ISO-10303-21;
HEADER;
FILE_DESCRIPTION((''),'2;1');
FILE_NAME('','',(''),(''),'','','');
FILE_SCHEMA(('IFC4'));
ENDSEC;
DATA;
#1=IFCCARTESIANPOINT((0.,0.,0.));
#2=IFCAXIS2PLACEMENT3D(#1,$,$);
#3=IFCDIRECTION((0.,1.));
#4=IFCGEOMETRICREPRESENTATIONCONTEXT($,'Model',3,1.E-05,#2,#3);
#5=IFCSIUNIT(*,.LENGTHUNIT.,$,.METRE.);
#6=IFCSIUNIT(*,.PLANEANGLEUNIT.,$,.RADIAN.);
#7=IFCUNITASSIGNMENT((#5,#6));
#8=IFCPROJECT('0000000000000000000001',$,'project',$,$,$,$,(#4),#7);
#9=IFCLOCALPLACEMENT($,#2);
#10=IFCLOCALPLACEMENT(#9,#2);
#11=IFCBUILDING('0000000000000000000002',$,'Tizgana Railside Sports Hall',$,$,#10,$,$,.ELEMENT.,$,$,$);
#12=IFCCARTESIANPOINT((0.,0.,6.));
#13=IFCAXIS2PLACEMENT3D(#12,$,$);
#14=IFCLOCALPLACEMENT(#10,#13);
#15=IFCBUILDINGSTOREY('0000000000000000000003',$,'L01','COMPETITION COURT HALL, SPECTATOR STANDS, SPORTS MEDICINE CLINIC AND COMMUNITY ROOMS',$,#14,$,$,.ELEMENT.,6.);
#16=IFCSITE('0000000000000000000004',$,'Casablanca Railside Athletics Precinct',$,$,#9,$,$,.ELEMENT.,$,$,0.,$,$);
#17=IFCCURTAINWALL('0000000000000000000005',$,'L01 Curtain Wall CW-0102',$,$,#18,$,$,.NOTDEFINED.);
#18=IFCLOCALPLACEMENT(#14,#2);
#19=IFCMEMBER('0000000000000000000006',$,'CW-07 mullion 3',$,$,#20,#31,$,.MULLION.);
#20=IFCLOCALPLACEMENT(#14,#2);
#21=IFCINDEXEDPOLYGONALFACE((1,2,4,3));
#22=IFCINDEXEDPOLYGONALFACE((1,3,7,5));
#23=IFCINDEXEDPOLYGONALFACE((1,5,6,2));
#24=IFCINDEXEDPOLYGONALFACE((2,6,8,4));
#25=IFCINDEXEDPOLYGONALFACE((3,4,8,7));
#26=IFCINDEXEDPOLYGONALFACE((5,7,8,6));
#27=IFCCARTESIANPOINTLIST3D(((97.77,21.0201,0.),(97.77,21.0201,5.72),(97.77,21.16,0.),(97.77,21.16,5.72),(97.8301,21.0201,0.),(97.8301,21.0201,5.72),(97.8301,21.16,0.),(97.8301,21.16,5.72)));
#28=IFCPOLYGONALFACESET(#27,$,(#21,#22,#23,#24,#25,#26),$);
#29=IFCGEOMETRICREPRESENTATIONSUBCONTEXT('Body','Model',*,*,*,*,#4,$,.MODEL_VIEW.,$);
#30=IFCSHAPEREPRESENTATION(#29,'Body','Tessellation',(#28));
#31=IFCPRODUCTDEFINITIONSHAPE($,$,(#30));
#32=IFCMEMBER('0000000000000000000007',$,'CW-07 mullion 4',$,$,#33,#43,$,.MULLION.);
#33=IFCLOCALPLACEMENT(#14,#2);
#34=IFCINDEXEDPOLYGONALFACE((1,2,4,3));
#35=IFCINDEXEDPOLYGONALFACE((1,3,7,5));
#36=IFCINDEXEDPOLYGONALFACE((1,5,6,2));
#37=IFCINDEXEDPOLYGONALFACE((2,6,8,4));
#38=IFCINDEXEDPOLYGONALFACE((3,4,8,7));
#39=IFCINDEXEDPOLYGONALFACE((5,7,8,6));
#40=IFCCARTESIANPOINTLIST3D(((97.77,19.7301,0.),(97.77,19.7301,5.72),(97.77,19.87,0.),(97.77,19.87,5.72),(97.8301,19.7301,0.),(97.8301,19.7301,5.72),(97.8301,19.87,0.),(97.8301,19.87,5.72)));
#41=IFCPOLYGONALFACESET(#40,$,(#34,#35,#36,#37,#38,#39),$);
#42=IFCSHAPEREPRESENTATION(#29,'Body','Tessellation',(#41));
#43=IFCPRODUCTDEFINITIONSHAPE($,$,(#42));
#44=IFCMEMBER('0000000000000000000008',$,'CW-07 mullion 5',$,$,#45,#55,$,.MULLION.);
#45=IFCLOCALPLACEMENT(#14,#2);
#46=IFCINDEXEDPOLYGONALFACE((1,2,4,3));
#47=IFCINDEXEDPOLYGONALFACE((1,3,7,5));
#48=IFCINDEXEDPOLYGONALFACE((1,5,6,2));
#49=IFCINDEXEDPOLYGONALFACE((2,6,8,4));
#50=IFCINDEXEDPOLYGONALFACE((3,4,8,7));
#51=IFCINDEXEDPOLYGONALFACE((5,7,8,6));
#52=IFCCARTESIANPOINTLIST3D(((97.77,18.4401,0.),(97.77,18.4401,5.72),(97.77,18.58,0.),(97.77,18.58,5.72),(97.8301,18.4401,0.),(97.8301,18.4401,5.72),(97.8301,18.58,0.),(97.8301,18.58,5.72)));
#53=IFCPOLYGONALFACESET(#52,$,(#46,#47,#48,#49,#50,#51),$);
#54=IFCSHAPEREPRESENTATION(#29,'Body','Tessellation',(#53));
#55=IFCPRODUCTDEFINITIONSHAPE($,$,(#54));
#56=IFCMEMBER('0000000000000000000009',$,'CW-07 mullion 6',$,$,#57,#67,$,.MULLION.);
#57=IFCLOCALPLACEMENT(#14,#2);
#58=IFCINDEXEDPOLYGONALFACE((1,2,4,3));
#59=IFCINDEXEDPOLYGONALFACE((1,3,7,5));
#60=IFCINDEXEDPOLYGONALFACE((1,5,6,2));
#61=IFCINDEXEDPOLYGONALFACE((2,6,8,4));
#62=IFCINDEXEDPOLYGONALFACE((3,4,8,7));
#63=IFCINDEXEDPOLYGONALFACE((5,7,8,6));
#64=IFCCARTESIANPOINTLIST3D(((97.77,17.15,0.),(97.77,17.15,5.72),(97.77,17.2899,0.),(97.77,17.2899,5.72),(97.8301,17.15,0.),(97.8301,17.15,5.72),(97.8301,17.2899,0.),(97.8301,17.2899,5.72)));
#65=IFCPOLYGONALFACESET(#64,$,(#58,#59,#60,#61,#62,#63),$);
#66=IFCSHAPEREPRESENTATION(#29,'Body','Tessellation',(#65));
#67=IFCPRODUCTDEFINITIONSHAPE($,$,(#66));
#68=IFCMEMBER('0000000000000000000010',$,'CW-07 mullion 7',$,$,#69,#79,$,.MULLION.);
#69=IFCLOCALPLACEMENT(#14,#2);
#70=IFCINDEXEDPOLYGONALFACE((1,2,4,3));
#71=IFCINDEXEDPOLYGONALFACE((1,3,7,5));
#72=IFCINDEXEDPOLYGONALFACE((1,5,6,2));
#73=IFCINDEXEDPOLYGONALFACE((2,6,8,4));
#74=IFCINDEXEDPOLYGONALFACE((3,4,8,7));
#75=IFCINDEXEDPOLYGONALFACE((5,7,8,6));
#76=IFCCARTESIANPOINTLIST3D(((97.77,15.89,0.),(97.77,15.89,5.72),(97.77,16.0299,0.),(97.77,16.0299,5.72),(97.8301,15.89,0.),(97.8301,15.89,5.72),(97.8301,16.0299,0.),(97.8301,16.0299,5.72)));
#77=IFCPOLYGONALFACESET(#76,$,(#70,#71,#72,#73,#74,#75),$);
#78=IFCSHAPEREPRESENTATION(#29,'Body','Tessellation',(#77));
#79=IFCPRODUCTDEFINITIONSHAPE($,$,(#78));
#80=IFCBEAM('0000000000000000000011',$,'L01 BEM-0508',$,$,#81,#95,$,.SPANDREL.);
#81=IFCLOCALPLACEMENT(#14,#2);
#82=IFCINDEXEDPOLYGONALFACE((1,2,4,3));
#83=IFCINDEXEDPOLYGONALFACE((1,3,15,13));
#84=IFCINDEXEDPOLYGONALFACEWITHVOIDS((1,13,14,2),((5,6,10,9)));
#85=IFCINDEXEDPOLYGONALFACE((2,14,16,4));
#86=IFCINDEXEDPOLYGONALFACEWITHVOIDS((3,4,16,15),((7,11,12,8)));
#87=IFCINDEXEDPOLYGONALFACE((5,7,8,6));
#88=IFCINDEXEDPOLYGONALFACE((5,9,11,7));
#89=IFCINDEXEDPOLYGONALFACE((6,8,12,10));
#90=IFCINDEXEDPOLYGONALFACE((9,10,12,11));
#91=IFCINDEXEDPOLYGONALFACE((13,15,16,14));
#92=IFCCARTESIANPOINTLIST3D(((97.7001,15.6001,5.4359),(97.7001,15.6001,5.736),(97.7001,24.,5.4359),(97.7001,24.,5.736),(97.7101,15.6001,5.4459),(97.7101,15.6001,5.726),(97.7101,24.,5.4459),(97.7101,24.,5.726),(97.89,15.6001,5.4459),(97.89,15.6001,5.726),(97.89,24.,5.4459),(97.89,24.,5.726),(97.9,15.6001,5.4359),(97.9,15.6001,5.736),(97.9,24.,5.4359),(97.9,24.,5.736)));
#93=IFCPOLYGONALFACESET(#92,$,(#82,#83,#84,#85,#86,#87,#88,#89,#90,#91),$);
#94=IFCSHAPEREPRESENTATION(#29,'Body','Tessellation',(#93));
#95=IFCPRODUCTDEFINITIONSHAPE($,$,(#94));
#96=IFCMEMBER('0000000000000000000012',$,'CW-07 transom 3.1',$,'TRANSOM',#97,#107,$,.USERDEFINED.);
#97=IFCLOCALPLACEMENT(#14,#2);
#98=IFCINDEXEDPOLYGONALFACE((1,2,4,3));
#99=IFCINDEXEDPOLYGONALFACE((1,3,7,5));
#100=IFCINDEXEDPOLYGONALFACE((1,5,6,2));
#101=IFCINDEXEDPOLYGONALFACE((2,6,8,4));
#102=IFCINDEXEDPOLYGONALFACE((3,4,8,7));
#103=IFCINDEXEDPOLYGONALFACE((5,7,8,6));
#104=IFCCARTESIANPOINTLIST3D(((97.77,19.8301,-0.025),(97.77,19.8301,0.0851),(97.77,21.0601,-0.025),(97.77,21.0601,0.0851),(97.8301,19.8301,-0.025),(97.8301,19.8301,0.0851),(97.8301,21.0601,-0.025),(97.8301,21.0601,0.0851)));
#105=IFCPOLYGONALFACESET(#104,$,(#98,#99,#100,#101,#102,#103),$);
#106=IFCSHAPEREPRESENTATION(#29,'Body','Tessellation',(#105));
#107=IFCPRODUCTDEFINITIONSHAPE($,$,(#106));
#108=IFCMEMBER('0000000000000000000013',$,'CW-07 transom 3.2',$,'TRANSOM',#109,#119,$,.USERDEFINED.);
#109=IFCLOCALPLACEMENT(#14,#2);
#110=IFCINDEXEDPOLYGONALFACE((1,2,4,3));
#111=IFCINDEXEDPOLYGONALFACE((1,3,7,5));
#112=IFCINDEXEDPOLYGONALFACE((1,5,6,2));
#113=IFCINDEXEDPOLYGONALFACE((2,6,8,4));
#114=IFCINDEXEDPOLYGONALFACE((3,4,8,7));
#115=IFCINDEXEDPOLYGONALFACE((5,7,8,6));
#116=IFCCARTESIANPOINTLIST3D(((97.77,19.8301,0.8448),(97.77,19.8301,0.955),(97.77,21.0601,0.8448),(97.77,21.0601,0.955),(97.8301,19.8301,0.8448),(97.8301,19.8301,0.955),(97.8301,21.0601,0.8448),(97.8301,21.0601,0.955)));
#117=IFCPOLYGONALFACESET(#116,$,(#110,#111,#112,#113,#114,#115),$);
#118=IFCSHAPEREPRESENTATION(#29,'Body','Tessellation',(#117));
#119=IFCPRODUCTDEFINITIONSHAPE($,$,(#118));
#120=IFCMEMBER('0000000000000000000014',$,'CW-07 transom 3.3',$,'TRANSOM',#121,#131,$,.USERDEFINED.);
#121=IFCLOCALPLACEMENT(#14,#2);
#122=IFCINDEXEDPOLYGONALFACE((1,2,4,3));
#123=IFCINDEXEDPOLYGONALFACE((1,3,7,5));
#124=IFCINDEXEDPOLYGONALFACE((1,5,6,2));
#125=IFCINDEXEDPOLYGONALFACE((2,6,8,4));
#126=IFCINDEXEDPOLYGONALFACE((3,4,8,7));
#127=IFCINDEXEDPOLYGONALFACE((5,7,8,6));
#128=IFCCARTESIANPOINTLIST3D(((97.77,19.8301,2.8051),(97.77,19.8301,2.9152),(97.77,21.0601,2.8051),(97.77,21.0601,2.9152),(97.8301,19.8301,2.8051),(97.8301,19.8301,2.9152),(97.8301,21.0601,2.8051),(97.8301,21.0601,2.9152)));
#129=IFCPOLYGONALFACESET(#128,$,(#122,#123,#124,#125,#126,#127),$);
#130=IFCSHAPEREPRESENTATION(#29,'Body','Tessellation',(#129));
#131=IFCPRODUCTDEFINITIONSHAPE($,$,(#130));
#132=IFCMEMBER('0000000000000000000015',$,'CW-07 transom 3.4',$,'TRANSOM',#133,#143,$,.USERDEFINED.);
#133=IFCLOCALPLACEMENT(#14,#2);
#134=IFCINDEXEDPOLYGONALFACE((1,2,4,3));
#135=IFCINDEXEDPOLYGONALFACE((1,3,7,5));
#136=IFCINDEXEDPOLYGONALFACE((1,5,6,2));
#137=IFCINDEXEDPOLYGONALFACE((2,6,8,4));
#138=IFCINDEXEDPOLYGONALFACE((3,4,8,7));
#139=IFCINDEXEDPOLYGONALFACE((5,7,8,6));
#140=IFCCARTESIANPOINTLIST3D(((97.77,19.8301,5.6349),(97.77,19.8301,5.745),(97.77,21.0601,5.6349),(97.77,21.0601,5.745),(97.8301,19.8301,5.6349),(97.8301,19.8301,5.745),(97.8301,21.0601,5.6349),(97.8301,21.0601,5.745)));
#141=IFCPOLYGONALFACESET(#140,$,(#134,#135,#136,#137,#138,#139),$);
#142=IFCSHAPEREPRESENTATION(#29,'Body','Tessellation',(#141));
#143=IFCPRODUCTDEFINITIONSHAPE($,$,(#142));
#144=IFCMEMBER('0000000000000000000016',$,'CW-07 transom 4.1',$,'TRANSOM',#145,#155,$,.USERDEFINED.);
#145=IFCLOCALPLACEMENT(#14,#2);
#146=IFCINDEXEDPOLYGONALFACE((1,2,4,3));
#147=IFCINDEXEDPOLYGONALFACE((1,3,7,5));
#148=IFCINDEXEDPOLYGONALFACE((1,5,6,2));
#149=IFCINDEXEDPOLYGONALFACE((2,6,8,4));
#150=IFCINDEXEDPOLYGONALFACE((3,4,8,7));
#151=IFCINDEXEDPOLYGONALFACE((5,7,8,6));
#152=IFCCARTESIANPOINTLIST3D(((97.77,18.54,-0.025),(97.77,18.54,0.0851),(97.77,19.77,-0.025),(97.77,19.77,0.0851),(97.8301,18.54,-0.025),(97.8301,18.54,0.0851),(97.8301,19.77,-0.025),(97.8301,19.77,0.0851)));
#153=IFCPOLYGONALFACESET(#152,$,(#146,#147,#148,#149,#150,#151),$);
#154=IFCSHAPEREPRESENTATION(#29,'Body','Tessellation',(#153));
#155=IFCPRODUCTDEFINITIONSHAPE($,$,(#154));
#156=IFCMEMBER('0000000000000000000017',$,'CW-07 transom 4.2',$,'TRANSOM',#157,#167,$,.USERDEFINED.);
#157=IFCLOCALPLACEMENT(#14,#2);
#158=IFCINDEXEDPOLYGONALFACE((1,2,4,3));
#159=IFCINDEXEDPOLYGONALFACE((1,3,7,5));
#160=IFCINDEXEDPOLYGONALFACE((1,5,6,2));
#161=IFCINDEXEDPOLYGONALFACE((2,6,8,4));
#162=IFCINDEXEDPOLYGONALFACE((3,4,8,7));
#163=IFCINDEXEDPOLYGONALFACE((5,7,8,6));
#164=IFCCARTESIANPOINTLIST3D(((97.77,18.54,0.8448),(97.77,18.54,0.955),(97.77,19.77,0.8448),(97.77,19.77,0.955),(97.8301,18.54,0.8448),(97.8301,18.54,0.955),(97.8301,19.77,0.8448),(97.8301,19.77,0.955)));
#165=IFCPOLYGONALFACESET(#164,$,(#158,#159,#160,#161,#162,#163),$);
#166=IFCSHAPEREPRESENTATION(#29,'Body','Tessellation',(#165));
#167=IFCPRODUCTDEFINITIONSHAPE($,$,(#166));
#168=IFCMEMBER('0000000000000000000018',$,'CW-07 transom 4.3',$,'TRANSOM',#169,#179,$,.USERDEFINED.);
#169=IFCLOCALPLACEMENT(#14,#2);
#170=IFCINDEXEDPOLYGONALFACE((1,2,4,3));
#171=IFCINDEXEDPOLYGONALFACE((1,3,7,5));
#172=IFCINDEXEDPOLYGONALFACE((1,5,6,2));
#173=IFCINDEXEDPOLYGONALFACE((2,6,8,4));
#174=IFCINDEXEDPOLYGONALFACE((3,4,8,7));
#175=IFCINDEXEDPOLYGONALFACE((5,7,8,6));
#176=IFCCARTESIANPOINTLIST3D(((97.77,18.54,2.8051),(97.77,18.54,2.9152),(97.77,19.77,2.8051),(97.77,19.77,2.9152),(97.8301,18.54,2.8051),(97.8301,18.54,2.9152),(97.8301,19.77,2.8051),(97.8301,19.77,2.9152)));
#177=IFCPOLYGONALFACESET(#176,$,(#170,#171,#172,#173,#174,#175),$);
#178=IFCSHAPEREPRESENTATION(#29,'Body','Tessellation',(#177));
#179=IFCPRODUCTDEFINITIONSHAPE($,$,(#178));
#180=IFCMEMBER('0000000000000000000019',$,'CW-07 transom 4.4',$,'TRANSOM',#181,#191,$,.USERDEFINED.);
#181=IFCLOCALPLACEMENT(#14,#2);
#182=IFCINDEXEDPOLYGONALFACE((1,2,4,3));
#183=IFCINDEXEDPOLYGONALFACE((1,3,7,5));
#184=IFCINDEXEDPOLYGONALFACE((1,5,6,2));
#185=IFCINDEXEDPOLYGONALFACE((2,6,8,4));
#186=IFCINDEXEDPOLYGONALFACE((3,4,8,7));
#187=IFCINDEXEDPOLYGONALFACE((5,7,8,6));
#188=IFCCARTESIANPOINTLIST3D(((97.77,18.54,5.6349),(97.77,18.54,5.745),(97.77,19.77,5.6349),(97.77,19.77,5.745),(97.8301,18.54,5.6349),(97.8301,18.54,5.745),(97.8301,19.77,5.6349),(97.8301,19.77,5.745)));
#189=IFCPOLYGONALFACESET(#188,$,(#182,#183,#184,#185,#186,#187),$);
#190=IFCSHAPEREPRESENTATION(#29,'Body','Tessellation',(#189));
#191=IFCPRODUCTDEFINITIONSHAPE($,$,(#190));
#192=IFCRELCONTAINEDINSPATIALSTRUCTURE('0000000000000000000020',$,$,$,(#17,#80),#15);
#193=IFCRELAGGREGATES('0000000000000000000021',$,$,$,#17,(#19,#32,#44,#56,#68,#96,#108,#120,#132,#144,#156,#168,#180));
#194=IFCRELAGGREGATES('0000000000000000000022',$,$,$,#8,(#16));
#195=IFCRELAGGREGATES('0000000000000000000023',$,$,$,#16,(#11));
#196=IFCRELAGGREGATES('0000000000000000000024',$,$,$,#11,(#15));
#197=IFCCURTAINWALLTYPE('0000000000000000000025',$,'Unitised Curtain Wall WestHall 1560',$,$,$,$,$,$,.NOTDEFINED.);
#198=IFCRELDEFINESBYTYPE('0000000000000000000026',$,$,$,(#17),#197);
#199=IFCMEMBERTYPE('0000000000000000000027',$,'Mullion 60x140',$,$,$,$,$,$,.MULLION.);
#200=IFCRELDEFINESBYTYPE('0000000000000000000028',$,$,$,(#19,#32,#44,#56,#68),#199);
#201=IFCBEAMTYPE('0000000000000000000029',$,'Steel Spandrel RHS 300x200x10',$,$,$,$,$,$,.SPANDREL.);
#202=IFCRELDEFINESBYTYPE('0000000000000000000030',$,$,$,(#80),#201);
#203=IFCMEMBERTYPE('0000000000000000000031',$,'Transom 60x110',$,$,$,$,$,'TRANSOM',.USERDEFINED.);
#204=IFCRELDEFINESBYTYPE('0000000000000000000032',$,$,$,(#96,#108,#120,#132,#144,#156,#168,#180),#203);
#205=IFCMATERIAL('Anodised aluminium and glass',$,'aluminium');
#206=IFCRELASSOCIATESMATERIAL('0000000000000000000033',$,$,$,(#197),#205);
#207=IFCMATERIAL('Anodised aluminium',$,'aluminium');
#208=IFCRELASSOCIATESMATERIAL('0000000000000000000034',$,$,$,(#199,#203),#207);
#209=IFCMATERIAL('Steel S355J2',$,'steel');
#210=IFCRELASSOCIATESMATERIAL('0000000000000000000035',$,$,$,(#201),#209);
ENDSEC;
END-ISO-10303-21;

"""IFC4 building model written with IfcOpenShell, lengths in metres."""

from ifc_helpers import new_model, si_unit, direction, frame, origin, origin_2d, place, context, subcontext, project, spatial, rectangle, hollow_rectangle, extrude, material, material_profile, profile_set, type_object, element, aggregate, save


model = new_model("IFC4")

# Units and contexts
model_context = context("Model", 3, precision=1e-05, world=origin(), true_north=direction((0.0, 1.0)))
body_context = subcontext(model_context, "Body", "Model", "MODEL_VIEW")
ifc_project = project(units=[si_unit("LENGTHUNIT", "METRE"), si_unit("PLANEANGLEUNIT", "RADIAN")], contexts=[model_context])

# Site, building, storey
site_placement = place(None, origin())
site = spatial("IfcSite", under=ifc_project, at=site_placement, Name="Casablanca Railside Athletics Precinct", CompositionType="ELEMENT", RefElevation=0.0)
building_placement = place(site_placement, origin())
building = spatial("IfcBuilding", under=site, at=building_placement, Name="Tizgana Railside Sports Hall", CompositionType="ELEMENT")
storey_placement = place(building_placement, frame((0.0, 0.0, 6.0)))
storey = spatial("IfcBuildingStorey", under=building, at=storey_placement, Name="L01", Description="COMPETITION COURT HALL, SPECTATOR STANDS, SPORTS MEDICINE CLINIC AND COMMUNITY ROOMS", CompositionType="ELEMENT", Elevation=6.0)

# Curtain wall, members
ifc_material_1 = material(Name="Anodised aluminium and glass", Category="aluminium")
curtain_wall_type = type_object("IfcCurtainWallType", Name="Unitised Curtain Wall WestHall 1560", PredefinedType="NOTDEFINED", material=ifc_material_1)
curtain_wall_placement = place(storey_placement, origin())
curtain_wall = element("IfcCurtainWall", 1, at=curtain_wall_placement, inside=storey, type_object=curtain_wall_type, Name="L01 Curtain Wall CW-0102", PredefinedType="NOTDEFINED")
ifc_material_2 = material(Name="Anodised aluminium", Category="aluminium")
ifc_material_profile_1 = material_profile(ifc_material_2, rectangle(XDim=0.0601, YDim=0.1399, at=origin_2d()), Name="Mullion 60x140")
ifc_profile_set_1 = profile_set([ifc_material_profile_1], Name="Anodised aluminium")
member_type_1 = type_object("IfcMemberType", Name="Mullion 60x140", PredefinedType="MULLION", material=ifc_profile_set_1)
member_1_placement = place(storey_placement, frame((97.8, 21.0901, 0.0), z_axis=(0.0, 0.0, 1.0), x_axis=(1.0, 0.0, 0.0)))
member_1 = element("IfcMember", 2, at=member_1_placement, type_object=member_type_1, Name="CW-07 mullion 3", PredefinedType="MULLION", context=body_context, shape_type="SweptSolid", body=[
    extrude(rectangle(XDim=0.0601, YDim=0.1399, at=origin_2d()), origin(), (0.0, 0.0, 1.0), 5.72),
])
member_2_placement = place(storey_placement, frame((97.8, 19.8, 0.0), z_axis=(0.0, 0.0, 1.0), x_axis=(1.0, 0.0, 0.0)))
member_2 = element("IfcMember", 3, at=member_2_placement, type_object=member_type_1, Name="CW-07 mullion 4", PredefinedType="MULLION", context=body_context, shape_type="SweptSolid", body=[
    extrude(rectangle(XDim=0.0601, YDim=0.1399, at=origin_2d()), origin(), (0.0, 0.0, 1.0), 5.72),
])
member_3_placement = place(storey_placement, frame((97.8, 18.51, 0.0), z_axis=(0.0, 0.0, 1.0), x_axis=(1.0, 0.0, 0.0)))
member_3 = element("IfcMember", 4, at=member_3_placement, type_object=member_type_1, Name="CW-07 mullion 5", PredefinedType="MULLION", context=body_context, shape_type="SweptSolid", body=[
    extrude(rectangle(XDim=0.0601, YDim=0.1399, at=origin_2d()), origin(), (0.0, 0.0, 1.0), 5.72),
])
member_4_placement = place(storey_placement, frame((97.8, 17.22, 0.0), z_axis=(0.0, 0.0, 1.0), x_axis=(1.0, 0.0, 0.0)))
member_4 = element("IfcMember", 5, at=member_4_placement, type_object=member_type_1, Name="CW-07 mullion 6", PredefinedType="MULLION", context=body_context, shape_type="SweptSolid", body=[
    extrude(rectangle(XDim=0.0601, YDim=0.1399, at=origin_2d()), origin(), (0.0, 0.0, 1.0), 5.72),
])
member_5_placement = place(storey_placement, frame((97.8, 15.96, 0.0), z_axis=(0.0, 0.0, 1.0), x_axis=(1.0, 0.0, 0.0)))
member_5 = element("IfcMember", 6, at=member_5_placement, type_object=member_type_1, Name="CW-07 mullion 7", PredefinedType="MULLION", context=body_context, shape_type="SweptSolid", body=[
    extrude(rectangle(XDim=0.0601, YDim=0.1399, at=origin_2d()), origin(), (0.0, 0.0, 1.0), 5.72),
])

# Beam
ifc_material_3 = material(Name="Steel S355J2", Category="steel")
ifc_material_profile_2 = material_profile(ifc_material_3, hollow_rectangle(XDim=0.2, YDim=0.3, WallThickness=0.01, at=origin_2d()), Name="RHS 300x200x10")
ifc_profile_set_2 = profile_set([ifc_material_profile_2], Name="Steel S355J2")
beam_type = type_object("IfcBeamType", Name="Steel Spandrel RHS 300x200x10", PredefinedType="SPANDREL", material=ifc_profile_set_2)
beam_placement = place(storey_placement, frame((97.8, 15.6001, 5.5859), z_axis=(0.0, 1.0, 0.0), x_axis=(-1.0, 0.0, 0.0)))
element("IfcBeam", 7, at=beam_placement, inside=storey, type_object=beam_type, Name="L01 BEM-0508", PredefinedType="SPANDREL", context=body_context, shape_type="SweptSolid", body=[
    extrude(hollow_rectangle(XDim=0.2, YDim=0.3, WallThickness=0.01, at=origin_2d()), origin(), (0.0, 0.0, 1.0), 8.3999),
])

# Members
ifc_material_profile_3 = material_profile(ifc_material_2, rectangle(XDim=0.0601, YDim=0.1101, at=origin_2d()), Name="Transom 60x110")
ifc_profile_set_3 = profile_set([ifc_material_profile_3], Name="Anodised aluminium")
member_type_2 = type_object("IfcMemberType", Name="Transom 60x110", ElementType="TRANSOM", PredefinedType="USERDEFINED", material=ifc_profile_set_3)
member_6_placement = place(storey_placement, frame((97.8, 21.0601, 0.03), z_axis=(0.0, -1.0, 0.0), x_axis=(1.0, 0.0, 0.0)))
member_6 = element("IfcMember", 8, at=member_6_placement, type_object=member_type_2, Name="CW-07 transom 3.1", ObjectType="TRANSOM", PredefinedType="USERDEFINED", context=body_context, shape_type="SweptSolid", body=[
    extrude(rectangle(XDim=0.0601, YDim=0.1101, at=origin_2d()), origin(), (0.0, 0.0, 1.0), 1.23),
])
member_7_placement = place(storey_placement, frame((97.8, 21.0601, 0.8999), z_axis=(0.0, -1.0, 0.0), x_axis=(1.0, 0.0, 0.0)))
member_7 = element("IfcMember", 9, at=member_7_placement, type_object=member_type_2, Name="CW-07 transom 3.2", ObjectType="TRANSOM", PredefinedType="USERDEFINED", context=body_context, shape_type="SweptSolid", body=[
    extrude(rectangle(XDim=0.0601, YDim=0.1101, at=origin_2d()), origin(), (0.0, 0.0, 1.0), 1.23),
])
member_8_placement = place(storey_placement, frame((97.8, 21.0601, 2.8601), z_axis=(0.0, -1.0, 0.0), x_axis=(1.0, 0.0, 0.0)))
member_8 = element("IfcMember", 10, at=member_8_placement, type_object=member_type_2, Name="CW-07 transom 3.3", ObjectType="TRANSOM", PredefinedType="USERDEFINED", context=body_context, shape_type="SweptSolid", body=[
    extrude(rectangle(XDim=0.0601, YDim=0.1101, at=origin_2d()), origin(), (0.0, 0.0, 1.0), 1.23),
])
member_9_placement = place(storey_placement, frame((97.8, 21.0601, 5.6899), z_axis=(0.0, -1.0, 0.0), x_axis=(1.0, 0.0, 0.0)))
member_9 = element("IfcMember", 11, at=member_9_placement, type_object=member_type_2, Name="CW-07 transom 3.4", ObjectType="TRANSOM", PredefinedType="USERDEFINED", context=body_context, shape_type="SweptSolid", body=[
    extrude(rectangle(XDim=0.0601, YDim=0.1101, at=origin_2d()), origin(), (0.0, 0.0, 1.0), 1.23),
])
member_10_placement = place(storey_placement, frame((97.8, 19.77, 0.03), z_axis=(0.0, -1.0, 0.0), x_axis=(1.0, 0.0, 0.0)))
member_10 = element("IfcMember", 12, at=member_10_placement, type_object=member_type_2, Name="CW-07 transom 4.1", ObjectType="TRANSOM", PredefinedType="USERDEFINED", context=body_context, shape_type="SweptSolid", body=[
    extrude(rectangle(XDim=0.0601, YDim=0.1101, at=origin_2d()), origin(), (0.0, 0.0, 1.0), 1.23),
])
member_11_placement = place(storey_placement, frame((97.8, 19.77, 0.8999), z_axis=(0.0, -1.0, 0.0), x_axis=(1.0, 0.0, 0.0)))
member_11 = element("IfcMember", 13, at=member_11_placement, type_object=member_type_2, Name="CW-07 transom 4.2", ObjectType="TRANSOM", PredefinedType="USERDEFINED", context=body_context, shape_type="SweptSolid", body=[
    extrude(rectangle(XDim=0.0601, YDim=0.1101, at=origin_2d()), origin(), (0.0, 0.0, 1.0), 1.23),
])
member_12_placement = place(storey_placement, frame((97.8, 19.77, 2.8601), z_axis=(0.0, -1.0, 0.0), x_axis=(1.0, 0.0, 0.0)))
member_12 = element("IfcMember", 14, at=member_12_placement, type_object=member_type_2, Name="CW-07 transom 4.3", ObjectType="TRANSOM", PredefinedType="USERDEFINED", context=body_context, shape_type="SweptSolid", body=[
    extrude(rectangle(XDim=0.0601, YDim=0.1101, at=origin_2d()), origin(), (0.0, 0.0, 1.0), 1.23),
])
member_13_placement = place(storey_placement, frame((97.8, 19.77, 5.6899), z_axis=(0.0, -1.0, 0.0), x_axis=(1.0, 0.0, 0.0)))
member_13 = element("IfcMember", 15, at=member_13_placement, type_object=member_type_2, Name="CW-07 transom 4.4", ObjectType="TRANSOM", PredefinedType="USERDEFINED", context=body_context, shape_type="SweptSolid", body=[
    extrude(rectangle(XDim=0.0601, YDim=0.1101, at=origin_2d()), origin(), (0.0, 0.0, 1.0), 1.23),
])

aggregate(curtain_wall, [member_1, member_2, member_3, member_4, member_5, member_6, member_7, member_8, member_9, member_10, member_11, member_12, member_13])

save(model, "model.ifc")
